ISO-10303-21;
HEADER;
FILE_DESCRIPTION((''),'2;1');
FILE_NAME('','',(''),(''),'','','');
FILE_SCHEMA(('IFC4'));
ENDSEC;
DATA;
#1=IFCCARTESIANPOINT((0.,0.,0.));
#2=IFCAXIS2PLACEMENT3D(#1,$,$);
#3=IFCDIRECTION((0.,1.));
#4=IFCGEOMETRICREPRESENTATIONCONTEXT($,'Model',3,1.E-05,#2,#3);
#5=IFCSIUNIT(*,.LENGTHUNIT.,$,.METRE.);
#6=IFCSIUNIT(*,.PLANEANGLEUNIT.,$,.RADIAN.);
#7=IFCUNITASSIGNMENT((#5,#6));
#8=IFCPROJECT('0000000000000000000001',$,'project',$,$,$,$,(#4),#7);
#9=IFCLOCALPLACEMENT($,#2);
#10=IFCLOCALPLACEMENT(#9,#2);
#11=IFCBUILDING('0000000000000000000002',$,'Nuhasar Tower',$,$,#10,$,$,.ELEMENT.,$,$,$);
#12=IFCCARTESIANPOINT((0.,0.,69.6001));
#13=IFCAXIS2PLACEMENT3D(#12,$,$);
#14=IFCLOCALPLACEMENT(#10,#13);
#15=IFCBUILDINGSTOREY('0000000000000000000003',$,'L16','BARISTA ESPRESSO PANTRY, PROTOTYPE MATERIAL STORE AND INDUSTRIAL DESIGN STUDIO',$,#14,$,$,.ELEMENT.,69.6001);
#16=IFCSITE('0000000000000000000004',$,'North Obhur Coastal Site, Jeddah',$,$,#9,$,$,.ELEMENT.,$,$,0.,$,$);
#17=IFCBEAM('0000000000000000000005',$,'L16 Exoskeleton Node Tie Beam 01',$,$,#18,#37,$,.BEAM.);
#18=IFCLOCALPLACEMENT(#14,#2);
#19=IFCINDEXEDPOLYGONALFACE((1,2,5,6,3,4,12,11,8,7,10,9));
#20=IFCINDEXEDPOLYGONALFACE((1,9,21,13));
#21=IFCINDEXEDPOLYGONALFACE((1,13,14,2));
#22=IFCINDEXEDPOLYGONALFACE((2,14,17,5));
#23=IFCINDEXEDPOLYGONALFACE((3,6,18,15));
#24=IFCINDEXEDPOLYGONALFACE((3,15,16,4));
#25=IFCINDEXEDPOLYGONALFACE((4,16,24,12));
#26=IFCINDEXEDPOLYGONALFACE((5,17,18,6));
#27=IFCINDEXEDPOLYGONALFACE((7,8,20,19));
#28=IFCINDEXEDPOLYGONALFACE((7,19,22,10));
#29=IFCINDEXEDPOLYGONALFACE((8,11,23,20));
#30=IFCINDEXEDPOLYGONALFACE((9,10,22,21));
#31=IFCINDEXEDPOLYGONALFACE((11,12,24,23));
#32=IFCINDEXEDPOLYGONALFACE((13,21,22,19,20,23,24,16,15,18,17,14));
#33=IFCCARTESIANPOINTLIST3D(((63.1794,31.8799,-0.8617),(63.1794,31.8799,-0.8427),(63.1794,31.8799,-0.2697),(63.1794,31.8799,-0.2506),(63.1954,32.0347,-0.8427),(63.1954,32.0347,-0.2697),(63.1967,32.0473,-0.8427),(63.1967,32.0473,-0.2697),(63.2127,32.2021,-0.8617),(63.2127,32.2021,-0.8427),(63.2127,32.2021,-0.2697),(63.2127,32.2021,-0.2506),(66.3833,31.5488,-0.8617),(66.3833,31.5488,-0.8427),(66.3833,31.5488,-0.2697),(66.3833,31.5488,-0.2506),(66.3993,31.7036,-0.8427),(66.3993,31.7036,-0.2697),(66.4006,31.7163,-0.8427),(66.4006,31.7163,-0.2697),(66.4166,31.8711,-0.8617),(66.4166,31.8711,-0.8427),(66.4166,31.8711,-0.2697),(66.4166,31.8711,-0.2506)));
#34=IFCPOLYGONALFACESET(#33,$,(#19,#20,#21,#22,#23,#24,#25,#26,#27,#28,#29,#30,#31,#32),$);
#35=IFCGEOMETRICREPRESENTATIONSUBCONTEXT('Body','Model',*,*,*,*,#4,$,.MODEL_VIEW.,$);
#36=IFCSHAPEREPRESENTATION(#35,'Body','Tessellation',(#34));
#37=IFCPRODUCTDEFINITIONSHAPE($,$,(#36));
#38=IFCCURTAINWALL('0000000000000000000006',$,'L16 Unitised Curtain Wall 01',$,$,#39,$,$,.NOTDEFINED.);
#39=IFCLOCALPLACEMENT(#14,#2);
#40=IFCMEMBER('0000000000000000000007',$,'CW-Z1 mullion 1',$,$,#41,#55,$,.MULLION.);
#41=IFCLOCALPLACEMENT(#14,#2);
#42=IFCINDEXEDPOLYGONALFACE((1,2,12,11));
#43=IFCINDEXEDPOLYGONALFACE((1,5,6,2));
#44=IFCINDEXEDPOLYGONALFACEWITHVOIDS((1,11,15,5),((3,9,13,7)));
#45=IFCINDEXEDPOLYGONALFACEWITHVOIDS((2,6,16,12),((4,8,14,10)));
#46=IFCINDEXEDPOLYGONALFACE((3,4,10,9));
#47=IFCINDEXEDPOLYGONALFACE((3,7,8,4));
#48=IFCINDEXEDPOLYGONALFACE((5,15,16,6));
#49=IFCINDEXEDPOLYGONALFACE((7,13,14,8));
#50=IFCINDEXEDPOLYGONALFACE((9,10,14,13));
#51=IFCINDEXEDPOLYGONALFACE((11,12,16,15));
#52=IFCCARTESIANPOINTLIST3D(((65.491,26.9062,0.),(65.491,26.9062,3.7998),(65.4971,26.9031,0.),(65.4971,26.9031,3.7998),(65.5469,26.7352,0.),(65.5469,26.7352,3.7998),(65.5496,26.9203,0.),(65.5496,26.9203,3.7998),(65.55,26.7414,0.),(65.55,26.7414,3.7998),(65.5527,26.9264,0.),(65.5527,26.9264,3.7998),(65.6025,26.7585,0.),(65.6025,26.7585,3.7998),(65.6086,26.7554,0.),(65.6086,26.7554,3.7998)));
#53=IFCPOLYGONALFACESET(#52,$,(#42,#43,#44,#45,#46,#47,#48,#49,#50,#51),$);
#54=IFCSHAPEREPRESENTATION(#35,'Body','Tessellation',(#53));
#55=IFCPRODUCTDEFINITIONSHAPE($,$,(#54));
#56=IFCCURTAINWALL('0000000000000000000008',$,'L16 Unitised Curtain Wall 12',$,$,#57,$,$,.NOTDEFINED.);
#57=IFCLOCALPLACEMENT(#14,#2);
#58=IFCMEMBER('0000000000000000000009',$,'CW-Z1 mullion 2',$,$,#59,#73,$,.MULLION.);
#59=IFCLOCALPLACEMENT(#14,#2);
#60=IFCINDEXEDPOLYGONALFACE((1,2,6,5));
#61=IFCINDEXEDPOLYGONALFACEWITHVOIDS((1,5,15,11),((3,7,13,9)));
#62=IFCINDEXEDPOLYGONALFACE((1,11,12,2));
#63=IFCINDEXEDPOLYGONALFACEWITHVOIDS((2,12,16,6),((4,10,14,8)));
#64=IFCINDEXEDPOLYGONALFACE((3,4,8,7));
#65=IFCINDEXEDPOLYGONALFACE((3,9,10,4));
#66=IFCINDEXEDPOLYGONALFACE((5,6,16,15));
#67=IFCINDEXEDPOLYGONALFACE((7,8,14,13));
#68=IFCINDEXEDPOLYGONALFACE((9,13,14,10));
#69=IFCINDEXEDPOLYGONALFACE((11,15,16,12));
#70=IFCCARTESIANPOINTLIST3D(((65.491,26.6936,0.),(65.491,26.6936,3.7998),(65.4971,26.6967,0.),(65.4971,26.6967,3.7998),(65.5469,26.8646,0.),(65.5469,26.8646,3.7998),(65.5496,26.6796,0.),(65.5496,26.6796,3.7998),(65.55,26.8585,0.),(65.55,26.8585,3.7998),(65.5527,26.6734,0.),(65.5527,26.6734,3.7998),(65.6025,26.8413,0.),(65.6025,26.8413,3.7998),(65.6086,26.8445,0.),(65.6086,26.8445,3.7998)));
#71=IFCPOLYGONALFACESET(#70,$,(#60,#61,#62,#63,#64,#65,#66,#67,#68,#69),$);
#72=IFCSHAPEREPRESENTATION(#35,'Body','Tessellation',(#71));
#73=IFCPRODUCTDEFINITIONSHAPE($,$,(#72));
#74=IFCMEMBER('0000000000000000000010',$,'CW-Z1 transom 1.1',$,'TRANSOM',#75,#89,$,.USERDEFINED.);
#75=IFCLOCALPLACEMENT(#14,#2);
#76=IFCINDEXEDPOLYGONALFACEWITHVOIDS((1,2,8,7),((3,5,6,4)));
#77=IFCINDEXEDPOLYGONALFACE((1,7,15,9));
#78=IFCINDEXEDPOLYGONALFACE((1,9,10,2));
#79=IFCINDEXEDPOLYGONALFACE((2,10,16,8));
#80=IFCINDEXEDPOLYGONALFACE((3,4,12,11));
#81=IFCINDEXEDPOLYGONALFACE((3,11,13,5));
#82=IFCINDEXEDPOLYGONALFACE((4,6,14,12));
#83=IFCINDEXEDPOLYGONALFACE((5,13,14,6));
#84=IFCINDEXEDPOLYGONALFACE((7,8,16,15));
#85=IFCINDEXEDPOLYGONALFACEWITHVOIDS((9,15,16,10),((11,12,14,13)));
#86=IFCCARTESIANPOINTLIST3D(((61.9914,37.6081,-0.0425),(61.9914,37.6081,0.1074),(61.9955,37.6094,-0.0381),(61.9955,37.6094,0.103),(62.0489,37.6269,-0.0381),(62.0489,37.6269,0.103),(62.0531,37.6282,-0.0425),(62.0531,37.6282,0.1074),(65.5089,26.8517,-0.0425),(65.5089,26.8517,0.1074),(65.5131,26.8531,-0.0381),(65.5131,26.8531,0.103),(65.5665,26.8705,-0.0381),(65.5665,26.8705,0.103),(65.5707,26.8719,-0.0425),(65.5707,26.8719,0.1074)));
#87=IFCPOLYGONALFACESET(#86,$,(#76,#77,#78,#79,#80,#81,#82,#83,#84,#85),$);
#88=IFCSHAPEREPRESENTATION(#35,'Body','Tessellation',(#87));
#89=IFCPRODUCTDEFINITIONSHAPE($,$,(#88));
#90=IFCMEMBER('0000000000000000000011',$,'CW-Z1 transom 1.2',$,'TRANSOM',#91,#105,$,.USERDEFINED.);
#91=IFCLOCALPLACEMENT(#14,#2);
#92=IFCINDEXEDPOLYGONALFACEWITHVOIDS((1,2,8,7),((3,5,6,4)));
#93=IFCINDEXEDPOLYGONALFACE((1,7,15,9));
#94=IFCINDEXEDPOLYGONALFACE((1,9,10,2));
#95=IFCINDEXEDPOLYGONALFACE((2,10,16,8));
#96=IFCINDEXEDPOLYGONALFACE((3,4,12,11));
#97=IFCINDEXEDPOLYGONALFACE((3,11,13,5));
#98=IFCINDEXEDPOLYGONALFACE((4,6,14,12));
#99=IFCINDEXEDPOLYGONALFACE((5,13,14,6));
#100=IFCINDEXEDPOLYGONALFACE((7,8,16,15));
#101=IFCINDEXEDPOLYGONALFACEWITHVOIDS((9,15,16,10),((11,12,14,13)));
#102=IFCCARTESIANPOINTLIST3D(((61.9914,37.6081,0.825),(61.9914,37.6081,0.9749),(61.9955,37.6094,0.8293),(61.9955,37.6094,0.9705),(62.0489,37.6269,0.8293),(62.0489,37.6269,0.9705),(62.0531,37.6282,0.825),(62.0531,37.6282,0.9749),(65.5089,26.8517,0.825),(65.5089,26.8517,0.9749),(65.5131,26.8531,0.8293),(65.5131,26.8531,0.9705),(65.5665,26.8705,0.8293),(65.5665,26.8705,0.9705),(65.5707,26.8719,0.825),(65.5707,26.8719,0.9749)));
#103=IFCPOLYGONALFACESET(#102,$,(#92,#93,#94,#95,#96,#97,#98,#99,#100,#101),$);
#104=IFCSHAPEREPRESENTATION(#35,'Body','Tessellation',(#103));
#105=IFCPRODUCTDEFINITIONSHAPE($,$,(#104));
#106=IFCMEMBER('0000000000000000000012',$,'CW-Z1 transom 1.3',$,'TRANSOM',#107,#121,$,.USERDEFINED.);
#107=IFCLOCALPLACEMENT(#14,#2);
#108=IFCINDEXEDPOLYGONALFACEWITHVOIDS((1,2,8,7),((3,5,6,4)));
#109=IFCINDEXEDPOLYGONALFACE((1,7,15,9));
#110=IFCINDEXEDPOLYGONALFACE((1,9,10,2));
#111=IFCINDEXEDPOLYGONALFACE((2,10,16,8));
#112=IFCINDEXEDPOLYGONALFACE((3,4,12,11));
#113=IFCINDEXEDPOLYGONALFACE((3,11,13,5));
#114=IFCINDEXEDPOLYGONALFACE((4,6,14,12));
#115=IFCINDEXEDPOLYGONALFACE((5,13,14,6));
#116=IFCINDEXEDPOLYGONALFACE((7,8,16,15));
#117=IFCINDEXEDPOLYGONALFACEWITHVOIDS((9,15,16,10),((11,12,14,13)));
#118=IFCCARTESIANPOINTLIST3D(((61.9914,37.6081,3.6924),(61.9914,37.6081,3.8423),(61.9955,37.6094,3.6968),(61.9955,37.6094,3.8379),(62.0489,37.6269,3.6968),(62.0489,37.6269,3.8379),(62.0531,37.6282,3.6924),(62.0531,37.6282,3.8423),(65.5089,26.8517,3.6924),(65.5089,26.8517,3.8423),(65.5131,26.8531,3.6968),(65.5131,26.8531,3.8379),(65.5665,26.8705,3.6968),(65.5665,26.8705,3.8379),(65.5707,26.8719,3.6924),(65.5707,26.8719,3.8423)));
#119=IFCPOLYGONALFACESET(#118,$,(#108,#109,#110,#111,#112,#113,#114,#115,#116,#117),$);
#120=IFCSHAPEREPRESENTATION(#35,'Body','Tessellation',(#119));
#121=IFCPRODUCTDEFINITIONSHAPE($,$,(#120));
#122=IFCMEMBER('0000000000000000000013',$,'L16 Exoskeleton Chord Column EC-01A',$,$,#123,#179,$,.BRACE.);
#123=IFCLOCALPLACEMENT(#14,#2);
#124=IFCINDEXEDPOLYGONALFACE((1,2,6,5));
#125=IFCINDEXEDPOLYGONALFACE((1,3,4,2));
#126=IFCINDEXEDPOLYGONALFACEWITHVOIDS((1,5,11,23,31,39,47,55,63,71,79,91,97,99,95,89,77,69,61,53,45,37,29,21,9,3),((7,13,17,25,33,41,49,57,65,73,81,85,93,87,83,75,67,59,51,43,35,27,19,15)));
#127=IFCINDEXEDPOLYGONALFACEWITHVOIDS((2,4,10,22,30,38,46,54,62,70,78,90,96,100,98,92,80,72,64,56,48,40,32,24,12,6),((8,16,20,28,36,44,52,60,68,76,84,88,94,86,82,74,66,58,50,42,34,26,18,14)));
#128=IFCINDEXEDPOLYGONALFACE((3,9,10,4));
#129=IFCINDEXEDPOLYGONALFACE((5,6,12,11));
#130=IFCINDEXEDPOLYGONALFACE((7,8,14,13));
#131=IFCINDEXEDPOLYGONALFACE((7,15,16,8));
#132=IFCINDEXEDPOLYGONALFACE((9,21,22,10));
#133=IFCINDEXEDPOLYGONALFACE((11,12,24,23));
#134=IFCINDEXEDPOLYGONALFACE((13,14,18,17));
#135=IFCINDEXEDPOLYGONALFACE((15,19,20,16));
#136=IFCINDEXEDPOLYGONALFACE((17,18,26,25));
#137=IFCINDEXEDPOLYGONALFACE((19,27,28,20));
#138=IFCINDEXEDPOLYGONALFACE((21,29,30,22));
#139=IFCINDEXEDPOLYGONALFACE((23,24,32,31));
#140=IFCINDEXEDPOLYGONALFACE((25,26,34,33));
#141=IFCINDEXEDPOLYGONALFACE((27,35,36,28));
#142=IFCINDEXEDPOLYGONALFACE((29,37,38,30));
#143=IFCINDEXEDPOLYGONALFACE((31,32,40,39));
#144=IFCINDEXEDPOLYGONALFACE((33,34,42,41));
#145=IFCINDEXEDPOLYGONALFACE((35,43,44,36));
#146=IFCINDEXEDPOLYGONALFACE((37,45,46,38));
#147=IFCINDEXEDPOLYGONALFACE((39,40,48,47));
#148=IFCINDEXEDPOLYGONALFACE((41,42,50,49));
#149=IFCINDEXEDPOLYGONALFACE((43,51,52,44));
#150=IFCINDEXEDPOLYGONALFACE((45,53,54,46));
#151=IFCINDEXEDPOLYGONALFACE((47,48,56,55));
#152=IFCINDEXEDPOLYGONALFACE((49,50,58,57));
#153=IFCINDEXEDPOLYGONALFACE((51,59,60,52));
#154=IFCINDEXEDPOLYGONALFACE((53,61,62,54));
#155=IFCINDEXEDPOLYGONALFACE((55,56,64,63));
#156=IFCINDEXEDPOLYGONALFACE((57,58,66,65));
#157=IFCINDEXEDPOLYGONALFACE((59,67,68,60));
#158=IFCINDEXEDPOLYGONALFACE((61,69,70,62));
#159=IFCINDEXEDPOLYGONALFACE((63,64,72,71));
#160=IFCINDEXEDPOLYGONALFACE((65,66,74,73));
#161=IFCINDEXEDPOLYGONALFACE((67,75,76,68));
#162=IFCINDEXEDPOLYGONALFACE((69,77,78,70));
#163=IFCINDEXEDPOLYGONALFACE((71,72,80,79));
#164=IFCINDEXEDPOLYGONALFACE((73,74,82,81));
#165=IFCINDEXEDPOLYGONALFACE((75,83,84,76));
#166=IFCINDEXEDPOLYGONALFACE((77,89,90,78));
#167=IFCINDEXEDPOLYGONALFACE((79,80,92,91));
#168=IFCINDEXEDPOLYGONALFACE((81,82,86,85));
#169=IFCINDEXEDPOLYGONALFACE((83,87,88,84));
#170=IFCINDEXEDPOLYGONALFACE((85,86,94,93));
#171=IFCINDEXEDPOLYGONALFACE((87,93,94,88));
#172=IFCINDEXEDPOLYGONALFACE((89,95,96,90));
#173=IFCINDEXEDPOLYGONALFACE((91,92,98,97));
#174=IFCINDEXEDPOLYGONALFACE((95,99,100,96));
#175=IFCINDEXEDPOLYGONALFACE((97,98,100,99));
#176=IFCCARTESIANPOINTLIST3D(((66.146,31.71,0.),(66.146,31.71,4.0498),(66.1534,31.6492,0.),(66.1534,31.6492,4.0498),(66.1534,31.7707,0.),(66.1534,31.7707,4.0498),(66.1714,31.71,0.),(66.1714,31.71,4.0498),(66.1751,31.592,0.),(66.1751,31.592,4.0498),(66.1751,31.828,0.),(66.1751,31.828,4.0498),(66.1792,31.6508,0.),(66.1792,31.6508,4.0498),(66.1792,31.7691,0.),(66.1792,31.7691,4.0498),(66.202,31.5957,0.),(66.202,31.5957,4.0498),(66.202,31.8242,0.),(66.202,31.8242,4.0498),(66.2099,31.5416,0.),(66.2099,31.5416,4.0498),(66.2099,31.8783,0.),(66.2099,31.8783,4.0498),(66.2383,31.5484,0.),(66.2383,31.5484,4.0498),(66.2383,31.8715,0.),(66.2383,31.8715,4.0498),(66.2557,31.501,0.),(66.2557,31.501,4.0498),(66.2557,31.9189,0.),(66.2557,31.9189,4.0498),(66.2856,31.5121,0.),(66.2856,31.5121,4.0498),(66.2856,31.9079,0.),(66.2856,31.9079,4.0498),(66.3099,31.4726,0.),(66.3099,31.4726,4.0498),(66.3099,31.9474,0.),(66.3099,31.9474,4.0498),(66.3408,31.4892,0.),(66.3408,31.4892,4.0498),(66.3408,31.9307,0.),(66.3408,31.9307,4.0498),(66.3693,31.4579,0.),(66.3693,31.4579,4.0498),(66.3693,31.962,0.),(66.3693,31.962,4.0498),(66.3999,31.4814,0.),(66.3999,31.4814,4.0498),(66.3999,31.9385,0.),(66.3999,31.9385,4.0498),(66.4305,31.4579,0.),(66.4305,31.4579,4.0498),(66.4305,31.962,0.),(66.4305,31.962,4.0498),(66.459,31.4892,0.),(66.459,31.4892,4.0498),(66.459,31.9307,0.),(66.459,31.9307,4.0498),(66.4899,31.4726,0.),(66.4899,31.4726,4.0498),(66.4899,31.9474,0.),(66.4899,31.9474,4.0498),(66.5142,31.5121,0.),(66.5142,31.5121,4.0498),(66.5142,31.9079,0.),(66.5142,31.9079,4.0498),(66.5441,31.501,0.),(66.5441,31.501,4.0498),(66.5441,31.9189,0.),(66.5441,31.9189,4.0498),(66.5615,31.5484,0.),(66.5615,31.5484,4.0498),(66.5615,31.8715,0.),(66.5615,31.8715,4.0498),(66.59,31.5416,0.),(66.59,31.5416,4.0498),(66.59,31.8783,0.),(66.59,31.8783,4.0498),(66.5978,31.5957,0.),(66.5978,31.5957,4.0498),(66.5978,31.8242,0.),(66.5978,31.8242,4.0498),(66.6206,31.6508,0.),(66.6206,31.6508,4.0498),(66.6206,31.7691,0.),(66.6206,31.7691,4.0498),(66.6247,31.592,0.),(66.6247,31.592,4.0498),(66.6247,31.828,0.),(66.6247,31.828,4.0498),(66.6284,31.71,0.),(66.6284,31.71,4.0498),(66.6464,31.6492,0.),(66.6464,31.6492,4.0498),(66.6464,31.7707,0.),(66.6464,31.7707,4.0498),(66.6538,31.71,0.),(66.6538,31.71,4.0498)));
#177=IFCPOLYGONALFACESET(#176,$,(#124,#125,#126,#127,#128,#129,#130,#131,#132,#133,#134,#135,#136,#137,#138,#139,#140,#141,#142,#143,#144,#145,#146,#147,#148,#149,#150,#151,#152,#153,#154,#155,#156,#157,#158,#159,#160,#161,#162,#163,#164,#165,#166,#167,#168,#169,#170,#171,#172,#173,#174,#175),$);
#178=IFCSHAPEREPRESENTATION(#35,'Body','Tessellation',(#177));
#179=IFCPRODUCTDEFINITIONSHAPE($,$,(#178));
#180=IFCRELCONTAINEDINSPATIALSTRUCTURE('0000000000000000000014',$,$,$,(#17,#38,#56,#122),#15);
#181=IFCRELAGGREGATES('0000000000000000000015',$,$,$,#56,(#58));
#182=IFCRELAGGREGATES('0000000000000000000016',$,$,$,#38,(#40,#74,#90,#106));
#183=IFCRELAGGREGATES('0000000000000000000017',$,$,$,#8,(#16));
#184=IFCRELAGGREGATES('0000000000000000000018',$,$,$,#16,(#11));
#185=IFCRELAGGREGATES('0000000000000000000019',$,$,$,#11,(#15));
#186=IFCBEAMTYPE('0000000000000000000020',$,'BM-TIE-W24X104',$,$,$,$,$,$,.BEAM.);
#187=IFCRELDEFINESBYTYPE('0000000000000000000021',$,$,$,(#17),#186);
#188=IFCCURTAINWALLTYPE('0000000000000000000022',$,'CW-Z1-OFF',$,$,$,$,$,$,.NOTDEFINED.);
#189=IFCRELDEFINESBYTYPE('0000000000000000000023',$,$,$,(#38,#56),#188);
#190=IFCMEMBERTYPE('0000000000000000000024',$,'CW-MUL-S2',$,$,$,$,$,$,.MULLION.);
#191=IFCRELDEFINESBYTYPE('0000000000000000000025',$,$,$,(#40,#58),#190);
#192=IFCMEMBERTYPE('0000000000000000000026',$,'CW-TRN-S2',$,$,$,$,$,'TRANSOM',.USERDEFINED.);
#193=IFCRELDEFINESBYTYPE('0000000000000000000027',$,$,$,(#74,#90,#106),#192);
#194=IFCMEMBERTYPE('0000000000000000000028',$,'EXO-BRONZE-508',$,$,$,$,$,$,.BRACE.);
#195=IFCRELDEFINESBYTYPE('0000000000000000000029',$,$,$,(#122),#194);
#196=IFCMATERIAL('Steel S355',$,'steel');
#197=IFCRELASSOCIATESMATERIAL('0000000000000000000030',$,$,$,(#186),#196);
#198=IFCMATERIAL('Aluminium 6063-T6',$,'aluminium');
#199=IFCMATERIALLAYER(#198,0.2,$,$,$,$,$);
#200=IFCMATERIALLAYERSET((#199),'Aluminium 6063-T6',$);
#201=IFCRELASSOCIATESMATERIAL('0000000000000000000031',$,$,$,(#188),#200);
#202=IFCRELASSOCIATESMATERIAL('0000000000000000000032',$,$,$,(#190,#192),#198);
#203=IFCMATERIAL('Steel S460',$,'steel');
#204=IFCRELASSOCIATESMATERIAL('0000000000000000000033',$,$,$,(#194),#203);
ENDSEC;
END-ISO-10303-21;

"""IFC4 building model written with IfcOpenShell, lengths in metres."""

from ifc_helpers import new_model, si_unit, direction, frame, origin, origin_2d, place, context, subcontext, project, spatial, hollow_rectangle, hollow_circle, i_section, extrude, material, layer, layer_set, material_profile, profile_set, type_object, element, aggregate, save


model = new_model("IFC4")

# Units and contexts
model_context = context("Model", 3, precision=1e-05, world=origin(), true_north=direction((0.0, 1.0)))
body_context = subcontext(model_context, "Body", "Model", "MODEL_VIEW")
ifc_project = project(units=[si_unit("LENGTHUNIT", "METRE"), si_unit("PLANEANGLEUNIT", "RADIAN")], contexts=[model_context])

# Site, building, storey
site_placement = place(None, origin())
site = spatial("IfcSite", under=ifc_project, at=site_placement, Name="North Obhur Coastal Site, Jeddah", CompositionType="ELEMENT", RefElevation=0.0)
building_placement = place(site_placement, origin())
building = spatial("IfcBuilding", under=site, at=building_placement, Name="Nuhasar Tower", CompositionType="ELEMENT")
storey_placement = place(building_placement, frame((0.0, 0.0, 69.6001)))
storey = spatial("IfcBuildingStorey", under=building, at=storey_placement, Name="L16", Description="BARISTA ESPRESSO PANTRY, PROTOTYPE MATERIAL STORE AND INDUSTRIAL DESIGN STUDIO", CompositionType="ELEMENT", Elevation=69.6001)

# Beam
ifc_material_1 = material(Name="Steel S355", Category="steel")
ifc_material_profile_1 = material_profile(ifc_material_1, i_section(OverallWidth=0.324, OverallDepth=0.6111, WebThickness=0.0127, FlangeThickness=0.019, at=origin_2d()), Name="W24X104")
ifc_profile_set_1 = profile_set([ifc_material_profile_1], Name="Steel S355")
beam_type_1 = type_object("IfcBeamType", Name="BM-TIE-W24X104", PredefinedType="BEAM", material=ifc_profile_set_1)
beam_1_placement = place(storey_placement, frame((63.196, 32.041, -0.5562), z_axis=(0.994704, -0.102783, 0.0), x_axis=(0.102783, 0.994704, 0.0)))
element("IfcBeam", 1, at=beam_1_placement, inside=storey, type_object=beam_type_1, Name="L16 Exoskeleton Node Tie Beam 01", PredefinedType="BEAM", context=body_context, shape_type="SweptSolid", body=[
    extrude(i_section(OverallWidth=0.324, OverallDepth=0.6111, WebThickness=0.0127, FlangeThickness=0.019, at=origin_2d()), origin(), (0.0, 0.0, 1.0), 3.2209),
])

# Curtain walls, members
ifc_material_2 = material(Name="Aluminium 6063-T6", Category="aluminium")
ifc_layer_1 = layer(ifc_material_2, 0.2)
ifc_layer_set_1 = layer_set([ifc_layer_1], Name="Aluminium 6063-T6")
curtain_wall_type = type_object("IfcCurtainWallType", Name="CW-Z1-OFF", PredefinedType="NOTDEFINED", material=ifc_layer_set_1)
curtain_wall_1_placement = place(storey_placement, origin())
curtain_wall_1 = element("IfcCurtainWall", 2, at=curtain_wall_1_placement, inside=storey, type_object=curtain_wall_type, Name="L16 Unitised Curtain Wall 01", PredefinedType="NOTDEFINED")
ifc_material_profile_2 = material_profile(ifc_material_2, hollow_rectangle(XDim=0.0649, YDim=0.1799, WallThickness=0.0049, at=origin_2d()), Name="CWM-2")
ifc_profile_set_2 = profile_set([ifc_material_profile_2], Name="Aluminium 6063-T6")
member_type_1 = type_object("IfcMemberType", Name="CW-MUL-S2", PredefinedType="MULLION", material=ifc_profile_set_2)
member_1_placement = place(storey_placement, frame((65.5498, 26.8308, 0.0), z_axis=(0.0, 0.0, 1.0), x_axis=(-0.950468, -0.310824, 0.0)))
member_1 = element("IfcMember", 3, at=member_1_placement, type_object=member_type_1, Name="CW-Z1 mullion 1", PredefinedType="MULLION", context=body_context, shape_type="SweptSolid", body=[
    extrude(hollow_rectangle(XDim=0.0649, YDim=0.1799, WallThickness=0.0049, at=origin_2d()), origin(), (0.0, 0.0, 1.0), 3.7998),
])
curtain_wall_2_placement = place(storey_placement, origin())
curtain_wall_2 = element("IfcCurtainWall", 4, at=curtain_wall_2_placement, inside=storey, type_object=curtain_wall_type, Name="L16 Unitised Curtain Wall 12", PredefinedType="NOTDEFINED")
member_2_placement = place(storey_placement, frame((65.5498, 26.769, 0.0), z_axis=(0.0, 0.0, 1.0), x_axis=(-0.950468, 0.310824, 0.0)))
member_2 = element("IfcMember", 5, at=member_2_placement, type_object=member_type_1, Name="CW-Z1 mullion 2", PredefinedType="MULLION", context=body_context, shape_type="SweptSolid", body=[
    extrude(hollow_rectangle(XDim=0.0649, YDim=0.1799, WallThickness=0.0049, at=origin_2d()), origin(), (0.0, 0.0, 1.0), 3.7998),
])
aggregate(curtain_wall_2, [member_2])

# Members
ifc_material_profile_3 = material_profile(ifc_material_2, hollow_rectangle(XDim=0.0649, YDim=0.1499, WallThickness=0.0044, at=origin_2d()), Name="CWT-2")
ifc_profile_set_3 = profile_set([ifc_material_profile_3], Name="Aluminium 6063-T6")
member_type_2 = type_object("IfcMemberType", Name="CW-TRN-S2", ElementType="TRANSOM", PredefinedType="USERDEFINED", material=ifc_profile_set_3)
member_3_placement = place(storey_placement, frame((65.5398, 26.8618, 0.0325), z_axis=(-0.310825, 0.950467, 0.0), x_axis=(-0.950467, -0.310825, 0.0)))
member_3 = element("IfcMember", 6, at=member_3_placement, type_object=member_type_2, Name="CW-Z1 transom 1.1", ObjectType="TRANSOM", PredefinedType="USERDEFINED", context=body_context, shape_type="SweptSolid", body=[
    extrude(hollow_rectangle(XDim=0.0649, YDim=0.1499, WallThickness=0.0044, at=origin_2d()), origin(), (0.0, 0.0, 1.0), 11.3169),
])
member_4_placement = place(storey_placement, frame((65.5398, 26.8618, 0.8999), z_axis=(-0.310825, 0.950467, 0.0), x_axis=(-0.950467, -0.310825, 0.0)))
member_4 = element("IfcMember", 7, at=member_4_placement, type_object=member_type_2, Name="CW-Z1 transom 1.2", ObjectType="TRANSOM", PredefinedType="USERDEFINED", context=body_context, shape_type="SweptSolid", body=[
    extrude(hollow_rectangle(XDim=0.0649, YDim=0.1499, WallThickness=0.0044, at=origin_2d()), origin(), (0.0, 0.0, 1.0), 11.3169),
])
member_5_placement = place(storey_placement, frame((65.5398, 26.8618, 3.7673), z_axis=(-0.310825, 0.950467, 0.0), x_axis=(-0.950467, -0.310825, 0.0)))
member_5 = element("IfcMember", 8, at=member_5_placement, type_object=member_type_2, Name="CW-Z1 transom 1.3", ObjectType="TRANSOM", PredefinedType="USERDEFINED", context=body_context, shape_type="SweptSolid", body=[
    extrude(hollow_rectangle(XDim=0.0649, YDim=0.1499, WallThickness=0.0044, at=origin_2d()), origin(), (0.0, 0.0, 1.0), 11.3169),
])

# Member
ifc_material_3 = material(Name="Steel S460", Category="steel")
ifc_material_profile_4 = material_profile(ifc_material_3, hollow_circle(Radius=0.2539, WallThickness=0.0254, at=origin_2d()), Name="HSS508X25.4")
ifc_profile_set_4 = profile_set([ifc_material_profile_4], Name="Steel S460")
member_type_3 = type_object("IfcMemberType", Name="EXO-BRONZE-508", PredefinedType="BRACE", material=ifc_profile_set_4)
for number, where, z_axis, x_axis, name in (
    (9, (66.3999, 31.71, 0.0), (0.0, 0.0, 1.0), (1.0, 0.0, 0.0), "L16 Exoskeleton Chord Column EC-01A"),
):
    element("IfcMember", number, at=place(storey_placement, frame(where, z_axis=z_axis, x_axis=x_axis)), inside=storey, type_object=member_type_3, Name=name, PredefinedType="BRACE", context=body_context, shape_type="SweptSolid", body=[
        extrude(hollow_circle(Radius=0.2539, WallThickness=0.0254, at=origin_2d()), origin(), (0.0, 0.0, 1.0), 4.0498),
    ])

aggregate(curtain_wall_1, [member_1, member_3, member_4, member_5])

save(model, "model.ifc")
